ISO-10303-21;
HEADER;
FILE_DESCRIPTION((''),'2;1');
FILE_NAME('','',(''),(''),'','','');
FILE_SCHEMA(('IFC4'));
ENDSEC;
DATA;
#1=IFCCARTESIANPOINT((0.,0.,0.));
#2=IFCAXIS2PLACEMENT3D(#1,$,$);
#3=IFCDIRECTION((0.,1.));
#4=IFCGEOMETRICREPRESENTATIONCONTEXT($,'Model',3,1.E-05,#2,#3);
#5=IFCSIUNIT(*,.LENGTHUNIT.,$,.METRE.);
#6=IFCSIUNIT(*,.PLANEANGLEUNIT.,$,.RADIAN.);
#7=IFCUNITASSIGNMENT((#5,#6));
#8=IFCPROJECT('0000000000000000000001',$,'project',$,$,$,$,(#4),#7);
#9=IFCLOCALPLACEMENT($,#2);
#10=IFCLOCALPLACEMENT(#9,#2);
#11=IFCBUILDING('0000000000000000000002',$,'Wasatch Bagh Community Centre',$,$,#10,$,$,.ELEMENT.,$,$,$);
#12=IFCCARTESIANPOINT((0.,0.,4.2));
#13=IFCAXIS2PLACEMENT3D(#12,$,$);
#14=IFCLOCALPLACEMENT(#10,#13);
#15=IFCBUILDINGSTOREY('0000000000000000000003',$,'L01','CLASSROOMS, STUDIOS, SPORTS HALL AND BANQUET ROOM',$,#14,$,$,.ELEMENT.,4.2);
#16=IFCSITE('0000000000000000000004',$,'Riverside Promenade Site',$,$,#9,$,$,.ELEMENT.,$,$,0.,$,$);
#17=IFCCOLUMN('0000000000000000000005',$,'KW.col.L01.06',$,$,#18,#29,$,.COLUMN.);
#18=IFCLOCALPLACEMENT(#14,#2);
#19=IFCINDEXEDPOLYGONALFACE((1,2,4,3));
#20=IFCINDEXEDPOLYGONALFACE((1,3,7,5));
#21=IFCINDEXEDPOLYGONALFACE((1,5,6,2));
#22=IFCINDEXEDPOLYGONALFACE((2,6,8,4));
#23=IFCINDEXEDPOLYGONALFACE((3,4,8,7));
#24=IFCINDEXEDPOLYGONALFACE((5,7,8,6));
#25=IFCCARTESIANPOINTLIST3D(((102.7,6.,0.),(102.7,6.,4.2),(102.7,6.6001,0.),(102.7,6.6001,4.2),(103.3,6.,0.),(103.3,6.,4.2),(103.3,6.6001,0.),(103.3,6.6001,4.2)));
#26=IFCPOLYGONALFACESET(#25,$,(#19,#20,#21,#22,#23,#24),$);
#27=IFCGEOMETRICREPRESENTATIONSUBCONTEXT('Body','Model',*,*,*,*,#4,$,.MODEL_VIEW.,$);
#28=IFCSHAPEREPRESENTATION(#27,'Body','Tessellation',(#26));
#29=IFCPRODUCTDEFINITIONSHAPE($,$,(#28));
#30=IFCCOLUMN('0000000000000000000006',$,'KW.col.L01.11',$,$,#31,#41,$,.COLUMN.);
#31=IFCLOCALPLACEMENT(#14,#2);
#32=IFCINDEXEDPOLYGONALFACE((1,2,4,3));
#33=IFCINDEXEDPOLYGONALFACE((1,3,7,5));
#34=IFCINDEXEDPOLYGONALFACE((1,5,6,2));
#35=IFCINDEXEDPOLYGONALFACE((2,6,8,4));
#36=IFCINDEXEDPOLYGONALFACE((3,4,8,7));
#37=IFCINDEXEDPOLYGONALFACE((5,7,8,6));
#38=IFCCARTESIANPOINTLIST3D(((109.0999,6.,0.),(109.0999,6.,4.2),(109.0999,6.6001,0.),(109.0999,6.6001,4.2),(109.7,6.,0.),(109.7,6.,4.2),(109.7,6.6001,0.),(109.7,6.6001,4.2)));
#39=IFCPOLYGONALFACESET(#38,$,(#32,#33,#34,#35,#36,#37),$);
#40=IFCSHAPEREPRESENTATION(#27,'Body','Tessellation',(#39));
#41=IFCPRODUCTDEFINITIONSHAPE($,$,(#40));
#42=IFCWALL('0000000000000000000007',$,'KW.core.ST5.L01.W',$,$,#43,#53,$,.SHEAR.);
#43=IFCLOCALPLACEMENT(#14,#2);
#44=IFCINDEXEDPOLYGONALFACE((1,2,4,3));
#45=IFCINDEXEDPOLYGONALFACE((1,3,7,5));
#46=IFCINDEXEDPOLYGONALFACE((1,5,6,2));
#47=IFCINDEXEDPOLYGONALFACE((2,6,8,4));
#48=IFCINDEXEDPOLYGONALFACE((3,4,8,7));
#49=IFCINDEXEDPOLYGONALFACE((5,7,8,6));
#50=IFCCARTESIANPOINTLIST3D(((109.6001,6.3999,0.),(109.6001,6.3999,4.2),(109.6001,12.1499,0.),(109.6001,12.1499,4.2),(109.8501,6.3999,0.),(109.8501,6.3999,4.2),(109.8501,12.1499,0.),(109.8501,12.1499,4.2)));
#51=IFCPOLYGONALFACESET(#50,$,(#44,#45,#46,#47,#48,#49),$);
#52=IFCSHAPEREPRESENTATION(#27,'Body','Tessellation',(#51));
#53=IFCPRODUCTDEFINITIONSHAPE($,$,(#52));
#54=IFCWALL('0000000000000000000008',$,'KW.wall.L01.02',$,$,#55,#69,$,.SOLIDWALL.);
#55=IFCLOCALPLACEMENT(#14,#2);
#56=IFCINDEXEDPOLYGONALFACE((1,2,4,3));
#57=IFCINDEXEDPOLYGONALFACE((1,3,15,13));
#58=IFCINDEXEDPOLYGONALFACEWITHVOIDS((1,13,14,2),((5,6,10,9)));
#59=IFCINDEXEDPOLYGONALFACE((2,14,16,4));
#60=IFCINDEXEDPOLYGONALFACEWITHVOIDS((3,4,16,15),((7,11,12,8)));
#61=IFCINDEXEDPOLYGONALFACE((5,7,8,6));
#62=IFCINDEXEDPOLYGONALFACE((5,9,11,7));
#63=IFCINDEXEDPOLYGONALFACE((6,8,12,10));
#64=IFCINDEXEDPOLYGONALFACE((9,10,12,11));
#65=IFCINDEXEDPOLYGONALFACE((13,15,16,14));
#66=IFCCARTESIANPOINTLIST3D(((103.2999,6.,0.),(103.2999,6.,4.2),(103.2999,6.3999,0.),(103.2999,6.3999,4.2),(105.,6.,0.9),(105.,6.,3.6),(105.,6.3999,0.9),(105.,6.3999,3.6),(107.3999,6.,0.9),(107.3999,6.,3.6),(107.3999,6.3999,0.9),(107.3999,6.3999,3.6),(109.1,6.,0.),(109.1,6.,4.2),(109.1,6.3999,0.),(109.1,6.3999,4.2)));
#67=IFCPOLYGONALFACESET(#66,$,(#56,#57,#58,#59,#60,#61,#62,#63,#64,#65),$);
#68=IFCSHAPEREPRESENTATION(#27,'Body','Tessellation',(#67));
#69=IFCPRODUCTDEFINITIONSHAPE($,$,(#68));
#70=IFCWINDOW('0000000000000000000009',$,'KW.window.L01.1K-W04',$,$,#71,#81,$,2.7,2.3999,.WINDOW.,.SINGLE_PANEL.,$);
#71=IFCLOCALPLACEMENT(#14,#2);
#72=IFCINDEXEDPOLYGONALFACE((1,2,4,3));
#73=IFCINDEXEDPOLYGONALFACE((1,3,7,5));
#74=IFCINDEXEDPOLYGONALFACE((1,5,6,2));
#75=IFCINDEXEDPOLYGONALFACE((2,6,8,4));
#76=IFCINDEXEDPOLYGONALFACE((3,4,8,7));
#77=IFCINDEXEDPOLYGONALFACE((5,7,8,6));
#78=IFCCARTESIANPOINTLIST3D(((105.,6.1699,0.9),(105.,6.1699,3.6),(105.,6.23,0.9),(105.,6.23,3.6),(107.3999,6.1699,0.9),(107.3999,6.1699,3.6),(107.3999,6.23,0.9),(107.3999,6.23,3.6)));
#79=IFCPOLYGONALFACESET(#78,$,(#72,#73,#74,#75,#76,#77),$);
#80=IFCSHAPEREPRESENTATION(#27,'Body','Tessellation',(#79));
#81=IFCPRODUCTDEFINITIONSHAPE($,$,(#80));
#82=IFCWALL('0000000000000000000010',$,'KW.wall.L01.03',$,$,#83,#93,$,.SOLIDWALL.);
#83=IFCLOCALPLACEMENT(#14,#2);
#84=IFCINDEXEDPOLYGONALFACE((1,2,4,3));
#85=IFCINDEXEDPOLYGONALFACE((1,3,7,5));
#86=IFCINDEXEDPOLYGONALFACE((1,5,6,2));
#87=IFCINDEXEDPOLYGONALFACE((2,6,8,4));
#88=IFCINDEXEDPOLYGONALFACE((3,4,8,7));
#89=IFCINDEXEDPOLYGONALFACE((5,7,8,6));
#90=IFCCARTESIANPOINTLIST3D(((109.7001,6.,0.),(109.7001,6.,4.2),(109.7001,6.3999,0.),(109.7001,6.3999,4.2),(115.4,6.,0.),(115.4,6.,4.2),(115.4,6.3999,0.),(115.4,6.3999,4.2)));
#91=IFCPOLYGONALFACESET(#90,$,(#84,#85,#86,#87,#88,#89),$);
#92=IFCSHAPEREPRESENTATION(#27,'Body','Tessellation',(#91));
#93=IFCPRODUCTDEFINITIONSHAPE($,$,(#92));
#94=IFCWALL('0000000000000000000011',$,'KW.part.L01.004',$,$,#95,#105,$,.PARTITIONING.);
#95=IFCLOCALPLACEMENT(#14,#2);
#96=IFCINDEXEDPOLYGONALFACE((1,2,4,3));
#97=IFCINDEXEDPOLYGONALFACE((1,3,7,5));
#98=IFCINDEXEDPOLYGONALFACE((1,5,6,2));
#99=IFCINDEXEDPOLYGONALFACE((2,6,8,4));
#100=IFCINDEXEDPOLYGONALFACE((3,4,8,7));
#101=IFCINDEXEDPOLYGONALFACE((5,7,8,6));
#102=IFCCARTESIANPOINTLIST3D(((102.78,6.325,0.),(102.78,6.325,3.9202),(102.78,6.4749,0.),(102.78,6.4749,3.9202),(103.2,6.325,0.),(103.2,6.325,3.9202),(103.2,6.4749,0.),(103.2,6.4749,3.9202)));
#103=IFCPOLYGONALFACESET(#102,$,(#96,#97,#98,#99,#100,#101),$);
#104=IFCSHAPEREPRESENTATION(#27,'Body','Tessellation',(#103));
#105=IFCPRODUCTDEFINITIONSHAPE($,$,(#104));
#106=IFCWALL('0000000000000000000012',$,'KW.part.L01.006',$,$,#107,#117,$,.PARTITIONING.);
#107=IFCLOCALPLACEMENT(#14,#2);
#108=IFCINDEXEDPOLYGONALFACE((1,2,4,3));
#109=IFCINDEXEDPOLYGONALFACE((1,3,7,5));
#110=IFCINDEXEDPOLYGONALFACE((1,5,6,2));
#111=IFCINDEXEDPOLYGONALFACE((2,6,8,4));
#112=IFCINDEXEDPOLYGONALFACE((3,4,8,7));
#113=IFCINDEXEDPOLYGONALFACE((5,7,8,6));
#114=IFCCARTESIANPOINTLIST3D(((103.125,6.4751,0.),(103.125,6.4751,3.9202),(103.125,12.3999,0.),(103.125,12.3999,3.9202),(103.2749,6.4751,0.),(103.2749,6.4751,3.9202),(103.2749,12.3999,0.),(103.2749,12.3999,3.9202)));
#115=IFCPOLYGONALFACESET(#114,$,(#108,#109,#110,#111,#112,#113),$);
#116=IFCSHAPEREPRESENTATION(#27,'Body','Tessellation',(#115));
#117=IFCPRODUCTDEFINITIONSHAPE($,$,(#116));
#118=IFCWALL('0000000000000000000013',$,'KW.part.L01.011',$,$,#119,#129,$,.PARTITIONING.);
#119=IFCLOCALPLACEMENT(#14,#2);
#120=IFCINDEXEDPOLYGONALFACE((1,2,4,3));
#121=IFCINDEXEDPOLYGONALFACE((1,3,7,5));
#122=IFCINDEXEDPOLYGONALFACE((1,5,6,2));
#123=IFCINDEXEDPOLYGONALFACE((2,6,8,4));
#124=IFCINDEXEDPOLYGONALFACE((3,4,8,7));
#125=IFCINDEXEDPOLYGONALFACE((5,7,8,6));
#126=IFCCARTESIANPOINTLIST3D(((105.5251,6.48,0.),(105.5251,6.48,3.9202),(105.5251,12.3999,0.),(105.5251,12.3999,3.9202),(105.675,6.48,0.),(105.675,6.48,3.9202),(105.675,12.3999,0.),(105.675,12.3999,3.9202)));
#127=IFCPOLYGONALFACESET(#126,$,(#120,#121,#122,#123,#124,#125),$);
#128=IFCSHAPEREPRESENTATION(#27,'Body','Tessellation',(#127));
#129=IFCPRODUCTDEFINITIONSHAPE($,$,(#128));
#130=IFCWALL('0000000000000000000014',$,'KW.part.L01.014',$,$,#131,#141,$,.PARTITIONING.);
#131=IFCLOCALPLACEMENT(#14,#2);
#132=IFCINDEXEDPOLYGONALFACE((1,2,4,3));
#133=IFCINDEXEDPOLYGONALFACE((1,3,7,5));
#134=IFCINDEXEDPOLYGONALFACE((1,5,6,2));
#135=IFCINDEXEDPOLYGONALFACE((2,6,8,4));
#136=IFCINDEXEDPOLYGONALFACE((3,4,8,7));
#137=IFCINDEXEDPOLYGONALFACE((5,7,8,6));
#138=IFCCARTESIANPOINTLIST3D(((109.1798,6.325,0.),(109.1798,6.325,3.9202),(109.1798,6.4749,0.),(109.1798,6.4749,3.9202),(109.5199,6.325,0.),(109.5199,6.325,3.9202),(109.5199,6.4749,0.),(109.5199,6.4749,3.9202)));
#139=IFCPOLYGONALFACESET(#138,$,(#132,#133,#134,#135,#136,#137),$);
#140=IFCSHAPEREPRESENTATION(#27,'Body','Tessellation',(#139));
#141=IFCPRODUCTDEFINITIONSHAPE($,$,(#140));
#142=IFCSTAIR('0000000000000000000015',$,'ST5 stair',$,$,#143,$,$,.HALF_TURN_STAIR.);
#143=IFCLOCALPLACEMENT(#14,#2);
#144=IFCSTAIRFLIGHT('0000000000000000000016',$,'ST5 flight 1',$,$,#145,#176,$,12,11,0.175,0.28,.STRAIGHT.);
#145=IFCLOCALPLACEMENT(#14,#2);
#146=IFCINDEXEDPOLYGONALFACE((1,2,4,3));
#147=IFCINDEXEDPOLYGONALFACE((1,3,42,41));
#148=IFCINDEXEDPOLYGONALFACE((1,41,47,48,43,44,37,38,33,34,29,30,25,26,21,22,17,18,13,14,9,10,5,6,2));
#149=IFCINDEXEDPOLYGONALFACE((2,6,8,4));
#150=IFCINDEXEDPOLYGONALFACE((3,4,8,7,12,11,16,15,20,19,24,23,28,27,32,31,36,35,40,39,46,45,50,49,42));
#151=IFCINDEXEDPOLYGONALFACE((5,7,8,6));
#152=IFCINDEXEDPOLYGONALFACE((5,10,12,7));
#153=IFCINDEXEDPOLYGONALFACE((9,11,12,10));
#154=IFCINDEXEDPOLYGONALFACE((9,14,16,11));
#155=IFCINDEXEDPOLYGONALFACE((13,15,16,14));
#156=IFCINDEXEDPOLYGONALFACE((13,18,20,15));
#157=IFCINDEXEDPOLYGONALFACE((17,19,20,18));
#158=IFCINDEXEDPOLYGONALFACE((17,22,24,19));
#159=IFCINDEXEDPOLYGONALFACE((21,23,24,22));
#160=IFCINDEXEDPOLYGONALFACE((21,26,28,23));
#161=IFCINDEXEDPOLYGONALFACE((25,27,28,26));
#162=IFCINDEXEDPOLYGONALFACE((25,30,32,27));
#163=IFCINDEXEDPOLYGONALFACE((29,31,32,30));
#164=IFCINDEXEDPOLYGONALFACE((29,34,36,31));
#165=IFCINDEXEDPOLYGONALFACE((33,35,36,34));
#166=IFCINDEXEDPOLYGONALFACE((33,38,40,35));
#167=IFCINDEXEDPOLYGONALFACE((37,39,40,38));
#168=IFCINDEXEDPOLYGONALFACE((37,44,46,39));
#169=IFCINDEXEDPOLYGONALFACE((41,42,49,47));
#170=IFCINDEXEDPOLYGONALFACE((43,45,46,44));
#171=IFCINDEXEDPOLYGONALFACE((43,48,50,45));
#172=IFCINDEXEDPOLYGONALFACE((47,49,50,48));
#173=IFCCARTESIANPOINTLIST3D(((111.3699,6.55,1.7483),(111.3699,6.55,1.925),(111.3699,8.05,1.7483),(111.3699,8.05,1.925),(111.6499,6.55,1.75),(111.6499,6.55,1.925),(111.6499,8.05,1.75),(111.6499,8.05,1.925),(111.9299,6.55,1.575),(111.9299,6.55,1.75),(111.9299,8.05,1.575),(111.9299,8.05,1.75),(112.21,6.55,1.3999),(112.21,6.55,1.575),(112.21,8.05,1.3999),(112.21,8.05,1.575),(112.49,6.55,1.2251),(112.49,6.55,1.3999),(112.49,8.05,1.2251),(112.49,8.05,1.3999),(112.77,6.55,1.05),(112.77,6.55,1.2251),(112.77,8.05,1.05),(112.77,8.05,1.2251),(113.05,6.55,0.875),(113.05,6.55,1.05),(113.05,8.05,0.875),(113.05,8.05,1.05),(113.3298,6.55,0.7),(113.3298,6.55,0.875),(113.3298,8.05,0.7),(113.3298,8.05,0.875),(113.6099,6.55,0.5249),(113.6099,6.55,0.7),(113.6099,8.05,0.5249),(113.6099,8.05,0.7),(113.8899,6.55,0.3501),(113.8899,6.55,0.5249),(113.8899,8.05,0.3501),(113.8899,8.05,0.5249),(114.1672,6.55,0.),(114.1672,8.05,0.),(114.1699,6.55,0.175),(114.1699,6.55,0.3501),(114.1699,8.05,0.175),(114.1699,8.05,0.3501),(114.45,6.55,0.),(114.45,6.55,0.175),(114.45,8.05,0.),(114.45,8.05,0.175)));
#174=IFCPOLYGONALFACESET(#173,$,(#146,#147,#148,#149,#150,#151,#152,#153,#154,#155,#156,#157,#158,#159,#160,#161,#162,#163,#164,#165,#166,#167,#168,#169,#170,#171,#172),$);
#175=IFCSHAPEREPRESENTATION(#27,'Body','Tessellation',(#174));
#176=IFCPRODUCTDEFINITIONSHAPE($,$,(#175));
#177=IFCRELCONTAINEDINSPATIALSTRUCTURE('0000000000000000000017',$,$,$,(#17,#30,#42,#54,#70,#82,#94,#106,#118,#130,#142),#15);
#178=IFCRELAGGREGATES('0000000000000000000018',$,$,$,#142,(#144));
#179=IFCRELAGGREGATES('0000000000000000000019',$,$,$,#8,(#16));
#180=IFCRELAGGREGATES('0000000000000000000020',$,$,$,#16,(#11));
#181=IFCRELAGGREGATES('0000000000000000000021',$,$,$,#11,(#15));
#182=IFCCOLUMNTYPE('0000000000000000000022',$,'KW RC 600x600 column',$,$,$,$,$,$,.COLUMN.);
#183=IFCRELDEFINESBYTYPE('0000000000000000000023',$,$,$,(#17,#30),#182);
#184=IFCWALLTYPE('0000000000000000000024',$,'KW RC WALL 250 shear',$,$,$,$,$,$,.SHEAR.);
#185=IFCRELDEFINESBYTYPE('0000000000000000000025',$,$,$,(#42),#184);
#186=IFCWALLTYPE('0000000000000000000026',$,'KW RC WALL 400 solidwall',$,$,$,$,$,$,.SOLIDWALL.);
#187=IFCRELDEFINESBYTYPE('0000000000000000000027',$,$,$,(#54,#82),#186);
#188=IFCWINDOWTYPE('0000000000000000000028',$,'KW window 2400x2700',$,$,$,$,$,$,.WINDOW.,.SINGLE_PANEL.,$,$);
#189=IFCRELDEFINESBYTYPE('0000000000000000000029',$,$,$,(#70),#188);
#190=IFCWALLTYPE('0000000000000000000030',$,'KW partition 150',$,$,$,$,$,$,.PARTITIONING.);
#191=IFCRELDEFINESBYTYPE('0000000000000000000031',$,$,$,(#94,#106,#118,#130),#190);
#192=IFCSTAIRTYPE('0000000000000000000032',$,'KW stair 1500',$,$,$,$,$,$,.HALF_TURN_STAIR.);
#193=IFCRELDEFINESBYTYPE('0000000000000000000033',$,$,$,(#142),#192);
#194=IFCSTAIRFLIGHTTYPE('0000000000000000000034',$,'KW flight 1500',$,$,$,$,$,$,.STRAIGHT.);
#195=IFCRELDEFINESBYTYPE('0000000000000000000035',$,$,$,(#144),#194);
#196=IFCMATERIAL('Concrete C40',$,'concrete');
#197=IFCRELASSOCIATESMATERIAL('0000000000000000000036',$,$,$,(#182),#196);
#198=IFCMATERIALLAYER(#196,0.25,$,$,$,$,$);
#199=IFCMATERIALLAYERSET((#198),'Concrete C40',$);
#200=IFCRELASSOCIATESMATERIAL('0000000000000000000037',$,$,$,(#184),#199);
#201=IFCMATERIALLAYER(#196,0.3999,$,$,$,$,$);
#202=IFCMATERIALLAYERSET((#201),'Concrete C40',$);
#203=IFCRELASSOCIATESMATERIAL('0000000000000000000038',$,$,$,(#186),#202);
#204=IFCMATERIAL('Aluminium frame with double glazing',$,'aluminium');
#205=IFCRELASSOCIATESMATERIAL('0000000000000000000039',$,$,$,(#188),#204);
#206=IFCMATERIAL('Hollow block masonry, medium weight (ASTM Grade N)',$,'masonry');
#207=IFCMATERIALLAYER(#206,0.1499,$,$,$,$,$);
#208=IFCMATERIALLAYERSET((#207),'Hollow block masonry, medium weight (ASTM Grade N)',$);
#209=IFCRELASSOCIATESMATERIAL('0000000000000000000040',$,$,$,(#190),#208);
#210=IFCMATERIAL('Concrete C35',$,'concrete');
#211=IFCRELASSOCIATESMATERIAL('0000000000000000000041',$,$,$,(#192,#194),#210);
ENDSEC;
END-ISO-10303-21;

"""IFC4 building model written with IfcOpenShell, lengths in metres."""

from ifc_helpers import new_model, si_unit, direction, frame, frame_2d, origin, origin_2d, place, context, subcontext, project, spatial, polyline, rectangle, outline, extrude, material, layer, layer_set, material_profile, profile_set, type_object, element, fill, aggregate, save


model = new_model("IFC4")

# Units and contexts
model_context = context("Model", 3, precision=1e-05, world=origin(), true_north=direction((0.0, 1.0)))
body_context = subcontext(model_context, "Body", "Model", "MODEL_VIEW")
ifc_project = project(units=[si_unit("LENGTHUNIT", "METRE"), si_unit("PLANEANGLEUNIT", "RADIAN")], contexts=[model_context])

# Site, building, storey
site_placement = place(None, origin())
site = spatial("IfcSite", under=ifc_project, at=site_placement, Name="Riverside Promenade Site", CompositionType="ELEMENT", RefElevation=0.0)
building_placement = place(site_placement, origin())
building = spatial("IfcBuilding", under=site, at=building_placement, Name="Wasatch Bagh Community Centre", CompositionType="ELEMENT")
storey_placement = place(building_placement, frame((0.0, 0.0, 4.2)))
storey = spatial("IfcBuildingStorey", under=building, at=storey_placement, Name="L01", Description="CLASSROOMS, STUDIOS, SPORTS HALL AND BANQUET ROOM", CompositionType="ELEMENT", Elevation=4.2)

# Columns
ifc_material_1 = material(Name="Concrete C40", Category="concrete")
ifc_material_profile = material_profile(ifc_material_1, rectangle(XDim=0.6001, YDim=0.6001, at=origin_2d()), Name="RC 600x600")
ifc_profile_set = profile_set([ifc_material_profile], Name="Concrete C40")
column_type = type_object("IfcColumnType", Name="KW RC 600x600 column", PredefinedType="COLUMN", material=ifc_profile_set)
for number, where, z_axis, x_axis, name in (
    (1, (103.0, 6.3, 0.0), (0.0, 0.0, 1.0), (1.0, 0.0, 0.0), "KW.col.L01.06"),
    (2, (109.3999, 6.3, 0.0), (0.0, 0.0, 1.0), (1.0, 0.0, 0.0), "KW.col.L01.11"),
):
    element("IfcColumn", number, at=place(storey_placement, frame(where, z_axis=z_axis, x_axis=x_axis)), inside=storey, type_object=column_type, Name=name, PredefinedType="COLUMN", context=body_context, shape_type="SweptSolid", body=[
        extrude(rectangle(XDim=0.6001, YDim=0.6001, at=origin_2d()), origin(), (0.0, 0.0, 1.0), 4.2),
    ])

# Wall
ifc_layer_1 = layer(ifc_material_1, 0.25)
ifc_layer_set_1 = layer_set([ifc_layer_1], Name="Concrete C40")
wall_type_1 = type_object("IfcWallType", Name="KW RC WALL 250 shear", PredefinedType="SHEAR", material=ifc_layer_set_1)
wall_1_placement = place(storey_placement, frame((109.7251, 6.3999, 0.0), z_axis=(0.0, 0.0, 1.0), x_axis=(0.0, 1.0, 0.0)))
element("IfcWall", 3, at=wall_1_placement, inside=storey, type_object=wall_type_1, Name="KW.core.ST5.L01.W", PredefinedType="SHEAR", context=body_context, shape_type="SweptSolid", body=[
    extrude(rectangle(XDim=5.75, YDim=0.25, at=frame_2d((2.875, 0.0))), origin(), (0.0, 0.0, 1.0), 4.2),
])

# Wall, opening, window
ifc_layer_2 = layer(ifc_material_1, 0.3999)
ifc_layer_set_2 = layer_set([ifc_layer_2], Name="Concrete C40")
wall_type_2 = type_object("IfcWallType", Name="KW RC WALL 400 solidwall", PredefinedType="SOLIDWALL", material=ifc_layer_set_2)
wall_2_placement = place(storey_placement, frame((103.3, 6.2, 0.0), z_axis=(0.0, 0.0, 1.0), x_axis=(1.0, 0.0, 0.0)))
wall_2 = element("IfcWall", 4, at=wall_2_placement, inside=storey, type_object=wall_type_2, Name="KW.wall.L01.02", PredefinedType="SOLIDWALL", context=body_context, shape_type="SweptSolid", body=[
    extrude(rectangle(XDim=5.8, YDim=0.3999, at=frame_2d((2.8999, 0.0))), origin(), (0.0, 0.0, 1.0), 4.2),
])
opening_placement = place(wall_2_placement, frame((1.7, 0.0, 0.8999)))
opening = element("IfcOpeningElement", 5, at=opening_placement, cuts=wall_2, PredefinedType="OPENING", context=body_context, shape_type="SweptSolid", body=[
    extrude(rectangle(XDim=2.3999, YDim=2.7, at=frame_2d((1.2, 1.3501))), frame((0.0, 0.21, 0.0), z_axis=(0.0, -1.0, 0.0), x_axis=(1.0, 0.0, 0.0)), (0.0, 0.0, 1.0), 0.4199),
])
ifc_material_2 = material(Name="Aluminium frame with double glazing", Category="aluminium")
window_type = type_object("IfcWindowType", Name="KW window 2400x2700", PartitioningType="SINGLE_PANEL", PredefinedType="WINDOW", material=ifc_material_2)
window_placement = place(opening_placement, origin())
window = element("IfcWindow", 6, at=window_placement, inside=storey, type_object=window_type, Name="KW.window.L01.1K-W04", OverallHeight=2.7, OverallWidth=2.3999, PartitioningType="SINGLE_PANEL", PredefinedType="WINDOW", context=body_context, shape_type="SweptSolid", body=[
    extrude(rectangle(XDim=2.3999, YDim=2.7, at=frame_2d((1.2, 1.3501))), frame((0.0, 0.03, 0.0), z_axis=(0.0, -1.0, 0.0), x_axis=(1.0, 0.0, 0.0)), (0.0, 0.0, 1.0), 0.0601),
])
fill(opening, window)

# Walls
wall_3_placement = place(storey_placement, frame((109.7, 6.2, 0.0), z_axis=(0.0, 0.0, 1.0), x_axis=(1.0, 0.0, 0.0)))
element("IfcWall", 7, at=wall_3_placement, inside=storey, type_object=wall_type_2, Name="KW.wall.L01.03", PredefinedType="SOLIDWALL", context=body_context, shape_type="SweptSolid", body=[
    extrude(rectangle(XDim=5.7, YDim=0.3999, at=frame_2d((2.8501, 0.0))), origin(), (0.0, 0.0, 1.0), 4.2),
])
ifc_material_3 = material(Name="Hollow block masonry, medium weight (ASTM Grade N)", Category="masonry")
ifc_layer_3 = layer(ifc_material_3, 0.1499)
ifc_layer_set_3 = layer_set([ifc_layer_3], Name="Hollow block masonry, medium weight (ASTM Grade N)")
wall_type_3 = type_object("IfcWallType", Name="KW partition 150", PredefinedType="PARTITIONING", material=ifc_layer_set_3)
wall_4_placement = place(storey_placement, frame((102.78, 6.3999, 0.0), z_axis=(0.0, 0.0, 1.0), x_axis=(1.0, 0.0, 0.0)))
element("IfcWall", 8, at=wall_4_placement, inside=storey, type_object=wall_type_3, Name="KW.part.L01.004", PredefinedType="PARTITIONING", context=body_context, shape_type="SweptSolid", body=[
    extrude(rectangle(XDim=0.4199, YDim=0.1499, at=frame_2d((0.21, 0.0))), origin(), (0.0, 0.0, 1.0), 3.9202),
])
wall_5_placement = place(storey_placement, frame((103.2, 6.4751, 0.0), z_axis=(0.0, 0.0, 1.0), x_axis=(0.0, 1.0, 0.0)))
element("IfcWall", 9, at=wall_5_placement, inside=storey, type_object=wall_type_3, Name="KW.part.L01.006", PredefinedType="PARTITIONING", context=body_context, shape_type="SweptSolid", body=[
    extrude(rectangle(XDim=5.9248, YDim=0.1499, at=frame_2d((2.9624, 0.0))), origin(), (0.0, 0.0, 1.0), 3.9202),
])
wall_6_placement = place(storey_placement, frame((105.6001, 6.48, 0.0), z_axis=(0.0, 0.0, 1.0), x_axis=(0.0, 1.0, 0.0)))
element("IfcWall", 10, at=wall_6_placement, inside=storey, type_object=wall_type_3, Name="KW.part.L01.011", PredefinedType="PARTITIONING", context=body_context, shape_type="SweptSolid", body=[
    extrude(rectangle(XDim=5.9199, YDim=0.1499, at=frame_2d((2.96, 0.0))), origin(), (0.0, 0.0, 1.0), 3.9202),
])
wall_7_placement = place(storey_placement, frame((109.1799, 6.3999, 0.0), z_axis=(0.0, 0.0, 1.0), x_axis=(1.0, 0.0, 0.0)))
element("IfcWall", 11, at=wall_7_placement, inside=storey, type_object=wall_type_3, Name="KW.part.L01.014", PredefinedType="PARTITIONING", context=body_context, shape_type="SweptSolid", body=[
    extrude(rectangle(XDim=0.3401, YDim=0.1499, at=frame_2d((0.1699, 0.0))), origin(), (0.0, 0.0, 1.0), 3.9202),
])

# Stair, stair flight
ifc_material_4 = material(Name="Concrete C35", Category="concrete")
stair_type = type_object("IfcStairType", Name="KW stair 1500", PredefinedType="HALF_TURN_STAIR", material=ifc_material_4)
stair_placement = place(storey_placement, origin())
stair = element("IfcStair", 12, at=stair_placement, inside=storey, type_object=stair_type, Name="ST5 stair", PredefinedType="HALF_TURN_STAIR")
stair_flight_type = type_object("IfcStairFlightType", Name="KW flight 1500", PredefinedType="STRAIGHT", material=ifc_material_4)
stair_flight_placement = place(storey_placement, frame((114.45, 7.3, 0.0), z_axis=(0.0, 0.0, 1.0), x_axis=(-1.0, 0.0, 0.0)))
stair_flight = element("IfcStairFlight", 13, at=stair_flight_placement, type_object=stair_flight_type, Name="ST5 flight 1", NumberOfRisers=12, NumberOfTreads=11, PredefinedType="STRAIGHT", RiserHeight=0.175, TreadLength=0.28, context=body_context, shape_type="SweptSolid", body=[
    extrude(outline(polyline([(0.0, 0.0), (0.0, 0.175), (0.28, 0.175), (0.28, 0.3501), (0.5601, 0.3501), (0.5601, 0.5249), (0.8401, 0.5249), (0.8401, 0.7), (1.1201, 0.7), (1.1201, 0.875), (1.3999, 0.875), (1.3999, 1.05), (1.6799, 1.05), (1.6799, 1.2251), (1.96, 1.2251), (1.96, 1.3999), (2.24, 1.3999), (2.24, 1.575), (2.52, 1.575), (2.52, 1.75), (2.8, 1.75), (2.8, 1.925), (3.0801, 1.925), (3.0801, 2.1001), (3.0801, 1.7483), (0.2827, 0.0), (0.0, 0.0)])), frame((0.0, 0.75, 0.0), z_axis=(0.0, -1.0, 0.0), x_axis=(1.0, 0.0, 0.0)), (0.0, 0.0, 1.0), 1.5),
])
aggregate(stair, [stair_flight])

save(model, "model.ifc")
